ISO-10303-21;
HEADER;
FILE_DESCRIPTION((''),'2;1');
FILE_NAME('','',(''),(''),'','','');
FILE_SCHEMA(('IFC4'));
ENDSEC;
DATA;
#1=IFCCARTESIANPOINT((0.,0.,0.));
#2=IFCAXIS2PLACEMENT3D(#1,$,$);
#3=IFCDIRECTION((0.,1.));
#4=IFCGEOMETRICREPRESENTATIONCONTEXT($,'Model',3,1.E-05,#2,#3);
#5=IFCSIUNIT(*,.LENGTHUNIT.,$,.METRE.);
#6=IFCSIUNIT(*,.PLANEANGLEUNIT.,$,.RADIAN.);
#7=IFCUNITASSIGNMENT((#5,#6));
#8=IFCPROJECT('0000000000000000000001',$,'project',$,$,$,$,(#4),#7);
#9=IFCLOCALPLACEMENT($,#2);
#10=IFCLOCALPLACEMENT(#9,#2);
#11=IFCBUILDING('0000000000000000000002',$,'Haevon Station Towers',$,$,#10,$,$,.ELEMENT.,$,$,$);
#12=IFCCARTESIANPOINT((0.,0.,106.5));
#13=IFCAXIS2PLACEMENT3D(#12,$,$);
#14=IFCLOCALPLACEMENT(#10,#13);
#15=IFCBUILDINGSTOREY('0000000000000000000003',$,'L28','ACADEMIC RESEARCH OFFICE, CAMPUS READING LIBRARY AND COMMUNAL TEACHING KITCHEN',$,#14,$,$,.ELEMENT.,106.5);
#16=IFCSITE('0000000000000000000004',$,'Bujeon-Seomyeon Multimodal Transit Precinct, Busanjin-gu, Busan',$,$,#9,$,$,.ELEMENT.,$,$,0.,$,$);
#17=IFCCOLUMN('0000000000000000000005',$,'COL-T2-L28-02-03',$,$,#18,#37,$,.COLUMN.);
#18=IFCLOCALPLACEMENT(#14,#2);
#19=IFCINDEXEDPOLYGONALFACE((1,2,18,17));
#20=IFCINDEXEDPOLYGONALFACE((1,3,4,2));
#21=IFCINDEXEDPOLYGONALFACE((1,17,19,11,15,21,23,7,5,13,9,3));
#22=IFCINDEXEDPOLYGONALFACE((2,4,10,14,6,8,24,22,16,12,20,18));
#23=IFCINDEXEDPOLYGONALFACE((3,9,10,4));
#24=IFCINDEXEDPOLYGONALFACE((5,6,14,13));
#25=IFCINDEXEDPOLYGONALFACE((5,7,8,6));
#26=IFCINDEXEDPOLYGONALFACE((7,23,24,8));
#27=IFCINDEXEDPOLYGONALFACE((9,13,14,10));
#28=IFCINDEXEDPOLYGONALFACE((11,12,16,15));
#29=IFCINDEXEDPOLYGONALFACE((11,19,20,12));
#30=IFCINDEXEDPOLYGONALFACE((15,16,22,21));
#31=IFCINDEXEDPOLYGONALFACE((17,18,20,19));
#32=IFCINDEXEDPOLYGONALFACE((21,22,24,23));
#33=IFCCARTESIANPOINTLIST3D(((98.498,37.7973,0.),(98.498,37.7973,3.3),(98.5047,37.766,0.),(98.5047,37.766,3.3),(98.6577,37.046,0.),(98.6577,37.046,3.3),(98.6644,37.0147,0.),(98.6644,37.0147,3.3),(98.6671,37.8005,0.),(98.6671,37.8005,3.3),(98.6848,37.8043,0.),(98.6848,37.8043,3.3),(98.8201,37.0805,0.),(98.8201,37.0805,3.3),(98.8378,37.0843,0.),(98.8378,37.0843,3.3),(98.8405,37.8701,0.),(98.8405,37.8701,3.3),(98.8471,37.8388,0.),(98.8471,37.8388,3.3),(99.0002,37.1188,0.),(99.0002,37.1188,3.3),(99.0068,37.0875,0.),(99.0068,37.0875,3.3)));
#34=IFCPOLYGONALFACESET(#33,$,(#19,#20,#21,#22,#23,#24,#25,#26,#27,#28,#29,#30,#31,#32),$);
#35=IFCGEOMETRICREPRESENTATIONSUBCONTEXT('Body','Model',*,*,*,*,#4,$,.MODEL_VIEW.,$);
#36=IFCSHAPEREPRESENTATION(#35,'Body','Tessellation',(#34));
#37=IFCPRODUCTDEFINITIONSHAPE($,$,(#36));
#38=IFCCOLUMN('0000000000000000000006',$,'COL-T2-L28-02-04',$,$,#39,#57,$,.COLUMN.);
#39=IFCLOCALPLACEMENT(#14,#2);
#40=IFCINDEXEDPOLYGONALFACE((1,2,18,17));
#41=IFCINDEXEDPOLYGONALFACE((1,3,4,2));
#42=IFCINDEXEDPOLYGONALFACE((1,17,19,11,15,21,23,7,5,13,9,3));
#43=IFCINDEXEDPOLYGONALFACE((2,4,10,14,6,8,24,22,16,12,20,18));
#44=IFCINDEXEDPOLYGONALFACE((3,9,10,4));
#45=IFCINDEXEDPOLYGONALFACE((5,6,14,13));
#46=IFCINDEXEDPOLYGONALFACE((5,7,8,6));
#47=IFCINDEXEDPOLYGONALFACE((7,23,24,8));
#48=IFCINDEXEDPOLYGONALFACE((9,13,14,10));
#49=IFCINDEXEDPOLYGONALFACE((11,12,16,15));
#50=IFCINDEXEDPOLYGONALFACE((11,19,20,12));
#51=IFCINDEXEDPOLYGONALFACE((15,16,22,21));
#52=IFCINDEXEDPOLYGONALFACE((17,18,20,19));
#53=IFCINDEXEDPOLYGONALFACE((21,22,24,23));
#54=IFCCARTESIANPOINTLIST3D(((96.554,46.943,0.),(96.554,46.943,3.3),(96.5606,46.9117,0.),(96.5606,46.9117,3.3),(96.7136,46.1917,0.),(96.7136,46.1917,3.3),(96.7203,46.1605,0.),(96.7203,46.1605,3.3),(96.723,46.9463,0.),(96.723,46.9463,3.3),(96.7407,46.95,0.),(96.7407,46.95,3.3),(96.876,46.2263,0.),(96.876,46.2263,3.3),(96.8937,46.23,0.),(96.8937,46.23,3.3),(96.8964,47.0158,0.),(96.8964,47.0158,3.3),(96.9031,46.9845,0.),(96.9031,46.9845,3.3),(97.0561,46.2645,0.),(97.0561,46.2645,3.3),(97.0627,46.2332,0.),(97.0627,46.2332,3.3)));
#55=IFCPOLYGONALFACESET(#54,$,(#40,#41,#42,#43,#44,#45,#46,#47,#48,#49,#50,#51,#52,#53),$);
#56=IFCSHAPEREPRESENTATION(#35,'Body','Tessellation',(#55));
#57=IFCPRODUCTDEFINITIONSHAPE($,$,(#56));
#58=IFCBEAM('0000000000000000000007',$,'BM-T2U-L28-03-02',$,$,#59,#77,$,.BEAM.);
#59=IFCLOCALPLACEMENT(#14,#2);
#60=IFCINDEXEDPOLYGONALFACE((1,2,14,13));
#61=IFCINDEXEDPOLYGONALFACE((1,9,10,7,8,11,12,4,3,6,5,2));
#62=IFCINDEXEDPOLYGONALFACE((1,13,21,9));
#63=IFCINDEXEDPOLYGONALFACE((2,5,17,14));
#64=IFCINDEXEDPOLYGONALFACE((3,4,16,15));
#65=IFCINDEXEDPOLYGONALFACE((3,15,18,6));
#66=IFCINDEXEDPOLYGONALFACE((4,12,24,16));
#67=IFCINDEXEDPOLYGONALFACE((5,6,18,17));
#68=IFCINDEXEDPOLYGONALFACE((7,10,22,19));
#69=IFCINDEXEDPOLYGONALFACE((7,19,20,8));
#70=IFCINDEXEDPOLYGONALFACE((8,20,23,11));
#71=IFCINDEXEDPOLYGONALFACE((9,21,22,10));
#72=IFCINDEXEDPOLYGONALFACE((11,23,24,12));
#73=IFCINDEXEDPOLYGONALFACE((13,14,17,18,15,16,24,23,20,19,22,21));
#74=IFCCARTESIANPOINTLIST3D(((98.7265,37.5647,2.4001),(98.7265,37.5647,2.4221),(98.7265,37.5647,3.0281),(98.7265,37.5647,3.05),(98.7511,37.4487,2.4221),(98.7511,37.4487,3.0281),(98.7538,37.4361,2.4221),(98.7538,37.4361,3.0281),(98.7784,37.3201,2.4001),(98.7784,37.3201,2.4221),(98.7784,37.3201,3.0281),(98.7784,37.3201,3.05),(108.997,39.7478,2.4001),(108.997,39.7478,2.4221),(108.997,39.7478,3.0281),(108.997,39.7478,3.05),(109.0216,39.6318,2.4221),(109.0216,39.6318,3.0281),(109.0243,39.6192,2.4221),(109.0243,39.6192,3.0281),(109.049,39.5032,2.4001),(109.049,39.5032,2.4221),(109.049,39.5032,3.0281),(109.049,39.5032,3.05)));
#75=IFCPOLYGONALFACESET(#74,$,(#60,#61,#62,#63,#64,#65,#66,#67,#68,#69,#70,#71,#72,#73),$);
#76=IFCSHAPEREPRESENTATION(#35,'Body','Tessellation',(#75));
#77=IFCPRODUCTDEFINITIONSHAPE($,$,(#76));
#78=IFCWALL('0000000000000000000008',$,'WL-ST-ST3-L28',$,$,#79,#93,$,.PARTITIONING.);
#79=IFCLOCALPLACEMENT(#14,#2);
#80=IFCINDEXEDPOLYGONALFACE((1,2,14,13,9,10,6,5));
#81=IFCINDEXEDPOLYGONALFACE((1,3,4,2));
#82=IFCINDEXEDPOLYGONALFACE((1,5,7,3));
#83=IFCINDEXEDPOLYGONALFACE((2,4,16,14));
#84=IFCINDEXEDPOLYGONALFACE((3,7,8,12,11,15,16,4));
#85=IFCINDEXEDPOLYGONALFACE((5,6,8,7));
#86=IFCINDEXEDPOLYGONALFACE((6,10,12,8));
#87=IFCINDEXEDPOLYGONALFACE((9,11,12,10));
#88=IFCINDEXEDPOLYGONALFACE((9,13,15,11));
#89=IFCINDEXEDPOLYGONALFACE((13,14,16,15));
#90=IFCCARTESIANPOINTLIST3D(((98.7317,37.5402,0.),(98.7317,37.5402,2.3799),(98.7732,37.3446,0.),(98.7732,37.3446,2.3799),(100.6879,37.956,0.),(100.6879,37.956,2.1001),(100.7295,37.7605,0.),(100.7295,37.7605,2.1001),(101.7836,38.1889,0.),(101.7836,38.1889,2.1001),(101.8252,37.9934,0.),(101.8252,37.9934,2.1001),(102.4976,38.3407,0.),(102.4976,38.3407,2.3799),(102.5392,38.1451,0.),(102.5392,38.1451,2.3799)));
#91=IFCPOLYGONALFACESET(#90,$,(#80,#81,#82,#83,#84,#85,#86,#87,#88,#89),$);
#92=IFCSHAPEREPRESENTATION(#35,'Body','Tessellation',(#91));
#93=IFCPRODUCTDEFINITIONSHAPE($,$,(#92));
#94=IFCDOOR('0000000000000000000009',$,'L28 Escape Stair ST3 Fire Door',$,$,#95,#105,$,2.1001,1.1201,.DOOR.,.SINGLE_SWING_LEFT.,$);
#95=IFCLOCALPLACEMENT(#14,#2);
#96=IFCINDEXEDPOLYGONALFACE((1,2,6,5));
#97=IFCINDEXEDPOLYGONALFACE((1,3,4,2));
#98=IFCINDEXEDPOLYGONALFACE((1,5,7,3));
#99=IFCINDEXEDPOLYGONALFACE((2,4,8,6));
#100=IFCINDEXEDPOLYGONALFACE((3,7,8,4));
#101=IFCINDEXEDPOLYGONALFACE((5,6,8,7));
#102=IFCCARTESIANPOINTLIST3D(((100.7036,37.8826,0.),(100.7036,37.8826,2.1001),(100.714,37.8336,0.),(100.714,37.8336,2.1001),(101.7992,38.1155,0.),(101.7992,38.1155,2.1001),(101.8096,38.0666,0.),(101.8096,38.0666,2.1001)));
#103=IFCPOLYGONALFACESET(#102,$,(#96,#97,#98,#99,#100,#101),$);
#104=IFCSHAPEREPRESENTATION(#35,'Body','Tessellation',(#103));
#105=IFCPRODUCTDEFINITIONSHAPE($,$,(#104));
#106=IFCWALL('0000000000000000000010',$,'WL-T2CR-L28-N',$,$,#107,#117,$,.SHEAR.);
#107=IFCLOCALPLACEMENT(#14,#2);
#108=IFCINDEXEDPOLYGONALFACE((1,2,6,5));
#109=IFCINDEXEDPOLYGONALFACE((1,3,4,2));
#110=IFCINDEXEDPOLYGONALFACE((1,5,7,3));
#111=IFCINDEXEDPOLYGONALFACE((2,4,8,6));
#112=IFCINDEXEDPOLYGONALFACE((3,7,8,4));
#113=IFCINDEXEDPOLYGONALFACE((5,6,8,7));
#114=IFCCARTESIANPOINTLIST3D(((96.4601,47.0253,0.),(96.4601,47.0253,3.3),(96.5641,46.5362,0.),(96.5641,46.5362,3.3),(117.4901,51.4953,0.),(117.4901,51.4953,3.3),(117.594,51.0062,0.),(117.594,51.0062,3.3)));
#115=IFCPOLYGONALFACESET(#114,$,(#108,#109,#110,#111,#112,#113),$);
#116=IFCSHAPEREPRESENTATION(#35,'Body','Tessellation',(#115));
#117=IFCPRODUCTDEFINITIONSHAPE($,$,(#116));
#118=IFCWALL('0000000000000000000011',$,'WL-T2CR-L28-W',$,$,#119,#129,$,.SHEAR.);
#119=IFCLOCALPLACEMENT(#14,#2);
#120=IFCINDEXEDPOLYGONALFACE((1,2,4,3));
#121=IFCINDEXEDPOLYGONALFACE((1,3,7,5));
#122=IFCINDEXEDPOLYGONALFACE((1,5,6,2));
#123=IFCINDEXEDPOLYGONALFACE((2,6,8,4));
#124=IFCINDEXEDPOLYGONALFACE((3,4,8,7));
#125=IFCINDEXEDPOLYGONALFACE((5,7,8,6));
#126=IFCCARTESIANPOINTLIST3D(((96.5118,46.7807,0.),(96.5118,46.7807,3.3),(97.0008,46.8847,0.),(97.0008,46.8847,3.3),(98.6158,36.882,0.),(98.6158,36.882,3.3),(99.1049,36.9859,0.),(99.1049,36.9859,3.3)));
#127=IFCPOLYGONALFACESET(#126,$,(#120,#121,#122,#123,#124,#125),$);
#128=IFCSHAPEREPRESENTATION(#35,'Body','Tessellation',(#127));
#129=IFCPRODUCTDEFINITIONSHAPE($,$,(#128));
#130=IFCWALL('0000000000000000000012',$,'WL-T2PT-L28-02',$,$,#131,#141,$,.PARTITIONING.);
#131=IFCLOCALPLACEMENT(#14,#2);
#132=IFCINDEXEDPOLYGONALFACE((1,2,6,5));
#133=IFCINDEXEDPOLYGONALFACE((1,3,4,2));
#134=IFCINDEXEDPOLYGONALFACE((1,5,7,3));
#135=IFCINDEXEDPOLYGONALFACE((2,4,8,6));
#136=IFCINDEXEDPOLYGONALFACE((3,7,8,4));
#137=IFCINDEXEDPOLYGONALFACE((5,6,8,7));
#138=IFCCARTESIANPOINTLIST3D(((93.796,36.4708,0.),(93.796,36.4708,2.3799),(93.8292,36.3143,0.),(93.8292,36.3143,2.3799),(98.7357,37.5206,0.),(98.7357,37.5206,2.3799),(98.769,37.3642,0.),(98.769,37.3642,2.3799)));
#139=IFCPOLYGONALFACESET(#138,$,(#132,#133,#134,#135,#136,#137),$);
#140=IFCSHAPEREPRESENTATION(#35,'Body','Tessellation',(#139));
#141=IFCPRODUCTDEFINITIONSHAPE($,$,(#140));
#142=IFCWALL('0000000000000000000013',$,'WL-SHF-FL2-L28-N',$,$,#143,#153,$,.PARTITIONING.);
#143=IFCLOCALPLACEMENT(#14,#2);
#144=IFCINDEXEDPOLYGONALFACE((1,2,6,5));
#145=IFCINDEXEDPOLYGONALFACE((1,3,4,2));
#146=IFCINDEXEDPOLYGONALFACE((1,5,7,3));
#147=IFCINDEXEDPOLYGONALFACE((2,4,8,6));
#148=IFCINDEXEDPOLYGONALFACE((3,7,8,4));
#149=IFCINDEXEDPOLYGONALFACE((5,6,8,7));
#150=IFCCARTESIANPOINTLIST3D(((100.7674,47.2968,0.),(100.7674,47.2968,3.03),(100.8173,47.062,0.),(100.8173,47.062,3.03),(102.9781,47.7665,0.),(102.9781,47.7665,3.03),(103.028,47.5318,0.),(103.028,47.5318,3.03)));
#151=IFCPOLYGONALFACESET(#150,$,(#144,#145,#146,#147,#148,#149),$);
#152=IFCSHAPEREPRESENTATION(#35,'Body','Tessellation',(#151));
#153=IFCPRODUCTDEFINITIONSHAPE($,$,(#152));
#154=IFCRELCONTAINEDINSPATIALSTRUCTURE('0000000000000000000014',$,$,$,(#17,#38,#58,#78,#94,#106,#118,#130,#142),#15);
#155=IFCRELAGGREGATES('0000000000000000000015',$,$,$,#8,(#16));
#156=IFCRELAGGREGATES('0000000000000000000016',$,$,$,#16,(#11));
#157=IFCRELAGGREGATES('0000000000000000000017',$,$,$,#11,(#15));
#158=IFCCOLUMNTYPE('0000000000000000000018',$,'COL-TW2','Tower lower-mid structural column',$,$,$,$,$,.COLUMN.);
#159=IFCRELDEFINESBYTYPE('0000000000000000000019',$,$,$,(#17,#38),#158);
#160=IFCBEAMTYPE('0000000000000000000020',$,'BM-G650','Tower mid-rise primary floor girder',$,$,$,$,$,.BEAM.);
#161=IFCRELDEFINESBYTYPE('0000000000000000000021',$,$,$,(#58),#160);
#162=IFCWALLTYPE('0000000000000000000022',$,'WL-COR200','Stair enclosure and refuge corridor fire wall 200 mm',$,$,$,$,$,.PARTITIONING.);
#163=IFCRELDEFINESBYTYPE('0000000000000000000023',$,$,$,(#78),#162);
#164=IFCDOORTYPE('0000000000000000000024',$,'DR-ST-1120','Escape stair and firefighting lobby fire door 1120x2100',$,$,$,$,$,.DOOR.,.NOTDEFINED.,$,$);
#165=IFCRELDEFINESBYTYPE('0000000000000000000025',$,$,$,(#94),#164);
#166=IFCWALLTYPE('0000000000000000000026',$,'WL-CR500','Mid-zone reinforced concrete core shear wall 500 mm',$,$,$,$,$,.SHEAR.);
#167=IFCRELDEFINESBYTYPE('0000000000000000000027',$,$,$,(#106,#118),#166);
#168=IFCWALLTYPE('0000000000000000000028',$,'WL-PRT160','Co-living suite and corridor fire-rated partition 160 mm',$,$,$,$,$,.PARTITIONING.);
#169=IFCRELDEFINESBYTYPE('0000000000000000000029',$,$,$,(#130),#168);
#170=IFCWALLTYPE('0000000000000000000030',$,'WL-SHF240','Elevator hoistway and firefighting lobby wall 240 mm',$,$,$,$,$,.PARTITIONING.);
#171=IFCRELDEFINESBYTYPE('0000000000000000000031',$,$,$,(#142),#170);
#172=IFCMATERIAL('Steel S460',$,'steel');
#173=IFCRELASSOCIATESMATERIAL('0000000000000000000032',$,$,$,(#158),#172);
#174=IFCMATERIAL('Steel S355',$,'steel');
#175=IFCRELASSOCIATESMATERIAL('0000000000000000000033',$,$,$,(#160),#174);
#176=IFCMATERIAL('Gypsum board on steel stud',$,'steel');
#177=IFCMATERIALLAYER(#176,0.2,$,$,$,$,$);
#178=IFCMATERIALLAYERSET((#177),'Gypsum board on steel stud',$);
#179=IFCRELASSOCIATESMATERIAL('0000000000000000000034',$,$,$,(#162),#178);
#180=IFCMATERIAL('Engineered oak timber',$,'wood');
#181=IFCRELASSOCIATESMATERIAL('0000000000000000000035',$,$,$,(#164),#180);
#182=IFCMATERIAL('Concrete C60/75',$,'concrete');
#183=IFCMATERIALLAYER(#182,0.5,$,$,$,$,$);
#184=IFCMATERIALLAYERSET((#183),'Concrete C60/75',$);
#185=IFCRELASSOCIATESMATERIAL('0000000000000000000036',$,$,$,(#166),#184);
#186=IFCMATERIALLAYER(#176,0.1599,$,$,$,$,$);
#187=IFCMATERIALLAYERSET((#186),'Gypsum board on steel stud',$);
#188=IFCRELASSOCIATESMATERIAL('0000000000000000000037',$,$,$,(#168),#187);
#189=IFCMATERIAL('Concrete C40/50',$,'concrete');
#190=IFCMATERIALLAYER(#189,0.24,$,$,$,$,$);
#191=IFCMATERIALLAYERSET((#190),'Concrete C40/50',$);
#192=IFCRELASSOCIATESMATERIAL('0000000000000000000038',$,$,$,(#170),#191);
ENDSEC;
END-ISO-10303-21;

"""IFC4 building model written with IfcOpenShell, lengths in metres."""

from ifc_helpers import new_model, si_unit, direction, frame, frame_2d, origin, origin_2d, place, context, subcontext, project, spatial, rectangle, i_section, extrude, material, layer, layer_set, material_profile, profile_set, type_object, element, fill, save


model = new_model("IFC4")

# Units and contexts
model_context = context("Model", 3, precision=1e-05, world=origin(), true_north=direction((0.0, 1.0)))
body_context = subcontext(model_context, "Body", "Model", "MODEL_VIEW")
ifc_project = project(units=[si_unit("LENGTHUNIT", "METRE"), si_unit("PLANEANGLEUNIT", "RADIAN")], contexts=[model_context])

# Site, building, storey
site_placement = place(None, origin())
site = spatial("IfcSite", under=ifc_project, at=site_placement, Name="Bujeon-Seomyeon Multimodal Transit Precinct, Busanjin-gu, Busan", CompositionType="ELEMENT", RefElevation=0.0)
building_placement = place(site_placement, origin())
building = spatial("IfcBuilding", under=site, at=building_placement, Name="Haevon Station Towers", CompositionType="ELEMENT")
storey_placement = place(building_placement, frame((0.0, 0.0, 106.5)))
storey = spatial("IfcBuildingStorey", under=building, at=storey_placement, Name="L28", Description="ACADEMIC RESEARCH OFFICE, CAMPUS READING LIBRARY AND COMMUNAL TEACHING KITCHEN", CompositionType="ELEMENT", Elevation=106.5)

# Columns
ifc_material_1 = material(Name="Steel S460", Category="steel")
ifc_material_profile_1 = material_profile(ifc_material_1, i_section(OverallWidth=0.3501, OverallDepth=0.8, WebThickness=0.0181, FlangeThickness=0.032, at=origin_2d()), Name="H-800x350x18x32")
ifc_profile_set_1 = profile_set([ifc_material_profile_1], Name="Steel S460")
column_type = type_object("IfcColumnType", Name="COL-TW2", Description="Tower lower-mid structural column", PredefinedType="COLUMN", material=ifc_profile_set_1)
for number, where, z_axis, x_axis, name in (
    (1, (98.7524, 37.4424, 0.0), (0.0, 0.0, 1.0), (0.978148, 0.207912, 0.0), "COL-T2-L28-02-03"),
    (2, (96.8083, 46.5881, 0.0), (0.0, 0.0, 1.0), (0.978148, 0.207912, 0.0), "COL-T2-L28-02-04"),
):
    element("IfcColumn", number, at=place(storey_placement, frame(where, z_axis=z_axis, x_axis=x_axis)), inside=storey, type_object=column_type, Name=name, PredefinedType="COLUMN", context=body_context, shape_type="SweptSolid", body=[
        extrude(i_section(OverallWidth=0.3501, OverallDepth=0.8, WebThickness=0.0181, FlangeThickness=0.032, at=origin_2d()), origin(), (0.0, 0.0, 1.0), 3.3),
    ])

# Beam
ifc_material_2 = material(Name="Steel S355", Category="steel")
ifc_material_profile_2 = material_profile(ifc_material_2, i_section(OverallWidth=0.25, OverallDepth=0.6499, WebThickness=0.0129, FlangeThickness=0.022, at=origin_2d()), Name="H-650x250x13x22")
ifc_profile_set_2 = profile_set([ifc_material_profile_2], Name="Steel S355")
beam_type = type_object("IfcBeamType", Name="BM-G650", Description="Tower mid-rise primary floor girder", PredefinedType="BEAM", material=ifc_profile_set_2)
beam_placement = place(storey_placement, frame((98.7524, 37.4424, 2.7251), z_axis=(0.978147, 0.207915, 0.0), x_axis=(-0.207915, 0.978147, 0.0)))
element("IfcBeam", 3, at=beam_placement, inside=storey, type_object=beam_type, Name="BM-T2U-L28-03-02", PredefinedType="BEAM", context=body_context, shape_type="SweptSolid", body=[
    extrude(i_section(OverallWidth=0.25, OverallDepth=0.6499, WebThickness=0.0129, FlangeThickness=0.022, at=origin_2d()), origin(), (0.0, 0.0, 1.0), 10.5),
])

# Wall, opening, door
ifc_material_3 = material(Name="Gypsum board on steel stud", Category="steel")
ifc_layer_1 = layer(ifc_material_3, 0.2)
ifc_layer_set_1 = layer_set([ifc_layer_1], Name="Gypsum board on steel stud")
wall_type_1 = type_object("IfcWallType", Name="WL-COR200", Description="Stair enclosure and refuge corridor fire wall 200 mm", PredefinedType="PARTITIONING", material=ifc_layer_set_1)
wall_1_placement = place(storey_placement, frame((98.7524, 37.4424, 0.0), z_axis=(0.0, 0.0, 1.0), x_axis=(0.978144, 0.207931, 0.0)))
wall_1 = element("IfcWall", 4, at=wall_1_placement, inside=storey, type_object=wall_type_1, Name="WL-ST-ST3-L28", PredefinedType="PARTITIONING", context=body_context, shape_type="SweptSolid", body=[
    extrude(rectangle(XDim=3.8501, YDim=0.2, at=frame_2d((1.925, 0.0))), origin(), (0.0, 0.0, 1.0), 2.3799),
])
opening_1_placement = place(wall_1_placement, frame((2.0, 0.0, 0.0)))
opening_1 = element("IfcOpeningElement", 5, at=opening_1_placement, cuts=wall_1, PredefinedType="OPENING", context=body_context, shape_type="SweptSolid", body=[
    extrude(rectangle(XDim=1.1201, YDim=2.1001, at=frame_2d((0.5601, 1.05))), frame((0.0, 0.1099, 0.0), z_axis=(0.0, -1.0, 0.0), x_axis=(1.0, 0.0, 0.0)), (0.0, 0.0, 1.0), 0.22),
])
ifc_material_4 = material(Name="Engineered oak timber", Category="wood")
door_type_1 = type_object("IfcDoorType", Name="DR-ST-1120", Description="Escape stair and firefighting lobby fire door 1120x2100", OperationType="NOTDEFINED", PredefinedType="DOOR", material=ifc_material_4)
door_1_placement = place(opening_1_placement, origin())
door_1 = element("IfcDoor", 6, at=door_1_placement, inside=storey, type_object=door_type_1, Name="L28 Escape Stair ST3 Fire Door", OperationType="SINGLE_SWING_LEFT", OverallHeight=2.1001, OverallWidth=1.1201, PredefinedType="DOOR", context=body_context, shape_type="SweptSolid", body=[
    extrude(rectangle(XDim=1.1201, YDim=2.1001, at=frame_2d((0.5601, 1.05))), frame((0.0, 0.0249, 0.0), z_axis=(0.0, -1.0, 0.0), x_axis=(1.0, 0.0, 0.0)), (0.0, 0.0, 1.0), 0.05),
])
fill(opening_1, door_1)

# Walls
ifc_material_5 = material(Name="Concrete C60/75", Category="concrete")
ifc_layer_2 = layer(ifc_material_5, 0.5)
ifc_layer_set_2 = layer_set([ifc_layer_2], Name="Concrete C60/75")
wall_type_2 = type_object("IfcWallType", Name="WL-CR500", Description="Mid-zone reinforced concrete core shear wall 500 mm", PredefinedType="SHEAR", material=ifc_layer_set_2)
wall_2_placement = place(storey_placement, frame((96.512, 46.7808, 0.0), z_axis=(0.0, 0.0, 1.0), x_axis=(0.978149, 0.207907, 0.0)))
element("IfcWall", 7, at=wall_2_placement, inside=storey, type_object=wall_type_2, Name="WL-T2CR-L28-N", PredefinedType="SHEAR", context=body_context, shape_type="SweptSolid", body=[
    extrude(rectangle(XDim=21.4998, YDim=0.5, at=frame_2d((10.75, 0.0))), origin(), (0.0, 0.0, 1.0), 3.3),
])
wall_3_placement = place(storey_placement, frame((98.8604, 36.9338, 0.0), z_axis=(0.0, 0.0, 1.0), x_axis=(-0.207909, 0.978148, 0.0)))
element("IfcWall", 8, at=wall_3_placement, inside=storey, type_object=wall_type_2, Name="WL-T2CR-L28-W", PredefinedType="SHEAR", context=body_context, shape_type="SweptSolid", body=[
    extrude(rectangle(XDim=10.1199, YDim=0.5, at=frame_2d((5.0601, 0.0))), origin(), (0.0, 0.0, 1.0), 3.3),
])
ifc_layer_3 = layer(ifc_material_3, 0.1599)
ifc_layer_set_3 = layer_set([ifc_layer_3], Name="Gypsum board on steel stud")
wall_type_3 = type_object("IfcWallType", Name="WL-PRT160", Description="Co-living suite and corridor fire-rated partition 160 mm", PredefinedType="PARTITIONING", material=ifc_layer_set_3)
wall_4_placement = place(storey_placement, frame((93.8127, 36.3926, 0.0), z_axis=(0.0, 0.0, 1.0), x_axis=(0.978154, 0.207881, 0.0)))
element("IfcWall", 9, at=wall_4_placement, inside=storey, type_object=wall_type_3, Name="WL-T2PT-L28-02", PredefinedType="PARTITIONING", context=body_context, shape_type="SweptSolid", body=[
    extrude(rectangle(XDim=5.05, YDim=0.1599, at=frame_2d((2.5249, 0.0))), origin(), (0.0, 0.0, 1.0), 2.3799),
])

# Shared definitions
ifc_material_6 = material(Name="Concrete C40/50", Category="concrete")
ifc_layer_4 = layer(ifc_material_6, 0.24)
ifc_layer_set_4 = layer_set([ifc_layer_4], Name="Concrete C40/50")
wall_type_4 = type_object("IfcWallType", Name="WL-SHF240", Description="Elevator hoistway and firefighting lobby wall 240 mm", PredefinedType="PARTITIONING", material=ifc_layer_set_4)

# Wall
wall_5_placement = place(storey_placement, frame((100.7925, 47.1794, 0.0), z_axis=(0.0, 0.0, 1.0), x_axis=(0.978163, 0.207839, 0.0)))
element("IfcWall", 10, at=wall_5_placement, inside=storey, type_object=wall_type_4, Name="WL-SHF-FL2-L28-N", PredefinedType="PARTITIONING", context=body_context, shape_type="SweptSolid", body=[
    extrude(rectangle(XDim=2.26, YDim=0.24, at=frame_2d((1.1299, 0.0))), origin(), (0.0, 0.0, 1.0), 3.03),
])

save(model, "model.ifc")
